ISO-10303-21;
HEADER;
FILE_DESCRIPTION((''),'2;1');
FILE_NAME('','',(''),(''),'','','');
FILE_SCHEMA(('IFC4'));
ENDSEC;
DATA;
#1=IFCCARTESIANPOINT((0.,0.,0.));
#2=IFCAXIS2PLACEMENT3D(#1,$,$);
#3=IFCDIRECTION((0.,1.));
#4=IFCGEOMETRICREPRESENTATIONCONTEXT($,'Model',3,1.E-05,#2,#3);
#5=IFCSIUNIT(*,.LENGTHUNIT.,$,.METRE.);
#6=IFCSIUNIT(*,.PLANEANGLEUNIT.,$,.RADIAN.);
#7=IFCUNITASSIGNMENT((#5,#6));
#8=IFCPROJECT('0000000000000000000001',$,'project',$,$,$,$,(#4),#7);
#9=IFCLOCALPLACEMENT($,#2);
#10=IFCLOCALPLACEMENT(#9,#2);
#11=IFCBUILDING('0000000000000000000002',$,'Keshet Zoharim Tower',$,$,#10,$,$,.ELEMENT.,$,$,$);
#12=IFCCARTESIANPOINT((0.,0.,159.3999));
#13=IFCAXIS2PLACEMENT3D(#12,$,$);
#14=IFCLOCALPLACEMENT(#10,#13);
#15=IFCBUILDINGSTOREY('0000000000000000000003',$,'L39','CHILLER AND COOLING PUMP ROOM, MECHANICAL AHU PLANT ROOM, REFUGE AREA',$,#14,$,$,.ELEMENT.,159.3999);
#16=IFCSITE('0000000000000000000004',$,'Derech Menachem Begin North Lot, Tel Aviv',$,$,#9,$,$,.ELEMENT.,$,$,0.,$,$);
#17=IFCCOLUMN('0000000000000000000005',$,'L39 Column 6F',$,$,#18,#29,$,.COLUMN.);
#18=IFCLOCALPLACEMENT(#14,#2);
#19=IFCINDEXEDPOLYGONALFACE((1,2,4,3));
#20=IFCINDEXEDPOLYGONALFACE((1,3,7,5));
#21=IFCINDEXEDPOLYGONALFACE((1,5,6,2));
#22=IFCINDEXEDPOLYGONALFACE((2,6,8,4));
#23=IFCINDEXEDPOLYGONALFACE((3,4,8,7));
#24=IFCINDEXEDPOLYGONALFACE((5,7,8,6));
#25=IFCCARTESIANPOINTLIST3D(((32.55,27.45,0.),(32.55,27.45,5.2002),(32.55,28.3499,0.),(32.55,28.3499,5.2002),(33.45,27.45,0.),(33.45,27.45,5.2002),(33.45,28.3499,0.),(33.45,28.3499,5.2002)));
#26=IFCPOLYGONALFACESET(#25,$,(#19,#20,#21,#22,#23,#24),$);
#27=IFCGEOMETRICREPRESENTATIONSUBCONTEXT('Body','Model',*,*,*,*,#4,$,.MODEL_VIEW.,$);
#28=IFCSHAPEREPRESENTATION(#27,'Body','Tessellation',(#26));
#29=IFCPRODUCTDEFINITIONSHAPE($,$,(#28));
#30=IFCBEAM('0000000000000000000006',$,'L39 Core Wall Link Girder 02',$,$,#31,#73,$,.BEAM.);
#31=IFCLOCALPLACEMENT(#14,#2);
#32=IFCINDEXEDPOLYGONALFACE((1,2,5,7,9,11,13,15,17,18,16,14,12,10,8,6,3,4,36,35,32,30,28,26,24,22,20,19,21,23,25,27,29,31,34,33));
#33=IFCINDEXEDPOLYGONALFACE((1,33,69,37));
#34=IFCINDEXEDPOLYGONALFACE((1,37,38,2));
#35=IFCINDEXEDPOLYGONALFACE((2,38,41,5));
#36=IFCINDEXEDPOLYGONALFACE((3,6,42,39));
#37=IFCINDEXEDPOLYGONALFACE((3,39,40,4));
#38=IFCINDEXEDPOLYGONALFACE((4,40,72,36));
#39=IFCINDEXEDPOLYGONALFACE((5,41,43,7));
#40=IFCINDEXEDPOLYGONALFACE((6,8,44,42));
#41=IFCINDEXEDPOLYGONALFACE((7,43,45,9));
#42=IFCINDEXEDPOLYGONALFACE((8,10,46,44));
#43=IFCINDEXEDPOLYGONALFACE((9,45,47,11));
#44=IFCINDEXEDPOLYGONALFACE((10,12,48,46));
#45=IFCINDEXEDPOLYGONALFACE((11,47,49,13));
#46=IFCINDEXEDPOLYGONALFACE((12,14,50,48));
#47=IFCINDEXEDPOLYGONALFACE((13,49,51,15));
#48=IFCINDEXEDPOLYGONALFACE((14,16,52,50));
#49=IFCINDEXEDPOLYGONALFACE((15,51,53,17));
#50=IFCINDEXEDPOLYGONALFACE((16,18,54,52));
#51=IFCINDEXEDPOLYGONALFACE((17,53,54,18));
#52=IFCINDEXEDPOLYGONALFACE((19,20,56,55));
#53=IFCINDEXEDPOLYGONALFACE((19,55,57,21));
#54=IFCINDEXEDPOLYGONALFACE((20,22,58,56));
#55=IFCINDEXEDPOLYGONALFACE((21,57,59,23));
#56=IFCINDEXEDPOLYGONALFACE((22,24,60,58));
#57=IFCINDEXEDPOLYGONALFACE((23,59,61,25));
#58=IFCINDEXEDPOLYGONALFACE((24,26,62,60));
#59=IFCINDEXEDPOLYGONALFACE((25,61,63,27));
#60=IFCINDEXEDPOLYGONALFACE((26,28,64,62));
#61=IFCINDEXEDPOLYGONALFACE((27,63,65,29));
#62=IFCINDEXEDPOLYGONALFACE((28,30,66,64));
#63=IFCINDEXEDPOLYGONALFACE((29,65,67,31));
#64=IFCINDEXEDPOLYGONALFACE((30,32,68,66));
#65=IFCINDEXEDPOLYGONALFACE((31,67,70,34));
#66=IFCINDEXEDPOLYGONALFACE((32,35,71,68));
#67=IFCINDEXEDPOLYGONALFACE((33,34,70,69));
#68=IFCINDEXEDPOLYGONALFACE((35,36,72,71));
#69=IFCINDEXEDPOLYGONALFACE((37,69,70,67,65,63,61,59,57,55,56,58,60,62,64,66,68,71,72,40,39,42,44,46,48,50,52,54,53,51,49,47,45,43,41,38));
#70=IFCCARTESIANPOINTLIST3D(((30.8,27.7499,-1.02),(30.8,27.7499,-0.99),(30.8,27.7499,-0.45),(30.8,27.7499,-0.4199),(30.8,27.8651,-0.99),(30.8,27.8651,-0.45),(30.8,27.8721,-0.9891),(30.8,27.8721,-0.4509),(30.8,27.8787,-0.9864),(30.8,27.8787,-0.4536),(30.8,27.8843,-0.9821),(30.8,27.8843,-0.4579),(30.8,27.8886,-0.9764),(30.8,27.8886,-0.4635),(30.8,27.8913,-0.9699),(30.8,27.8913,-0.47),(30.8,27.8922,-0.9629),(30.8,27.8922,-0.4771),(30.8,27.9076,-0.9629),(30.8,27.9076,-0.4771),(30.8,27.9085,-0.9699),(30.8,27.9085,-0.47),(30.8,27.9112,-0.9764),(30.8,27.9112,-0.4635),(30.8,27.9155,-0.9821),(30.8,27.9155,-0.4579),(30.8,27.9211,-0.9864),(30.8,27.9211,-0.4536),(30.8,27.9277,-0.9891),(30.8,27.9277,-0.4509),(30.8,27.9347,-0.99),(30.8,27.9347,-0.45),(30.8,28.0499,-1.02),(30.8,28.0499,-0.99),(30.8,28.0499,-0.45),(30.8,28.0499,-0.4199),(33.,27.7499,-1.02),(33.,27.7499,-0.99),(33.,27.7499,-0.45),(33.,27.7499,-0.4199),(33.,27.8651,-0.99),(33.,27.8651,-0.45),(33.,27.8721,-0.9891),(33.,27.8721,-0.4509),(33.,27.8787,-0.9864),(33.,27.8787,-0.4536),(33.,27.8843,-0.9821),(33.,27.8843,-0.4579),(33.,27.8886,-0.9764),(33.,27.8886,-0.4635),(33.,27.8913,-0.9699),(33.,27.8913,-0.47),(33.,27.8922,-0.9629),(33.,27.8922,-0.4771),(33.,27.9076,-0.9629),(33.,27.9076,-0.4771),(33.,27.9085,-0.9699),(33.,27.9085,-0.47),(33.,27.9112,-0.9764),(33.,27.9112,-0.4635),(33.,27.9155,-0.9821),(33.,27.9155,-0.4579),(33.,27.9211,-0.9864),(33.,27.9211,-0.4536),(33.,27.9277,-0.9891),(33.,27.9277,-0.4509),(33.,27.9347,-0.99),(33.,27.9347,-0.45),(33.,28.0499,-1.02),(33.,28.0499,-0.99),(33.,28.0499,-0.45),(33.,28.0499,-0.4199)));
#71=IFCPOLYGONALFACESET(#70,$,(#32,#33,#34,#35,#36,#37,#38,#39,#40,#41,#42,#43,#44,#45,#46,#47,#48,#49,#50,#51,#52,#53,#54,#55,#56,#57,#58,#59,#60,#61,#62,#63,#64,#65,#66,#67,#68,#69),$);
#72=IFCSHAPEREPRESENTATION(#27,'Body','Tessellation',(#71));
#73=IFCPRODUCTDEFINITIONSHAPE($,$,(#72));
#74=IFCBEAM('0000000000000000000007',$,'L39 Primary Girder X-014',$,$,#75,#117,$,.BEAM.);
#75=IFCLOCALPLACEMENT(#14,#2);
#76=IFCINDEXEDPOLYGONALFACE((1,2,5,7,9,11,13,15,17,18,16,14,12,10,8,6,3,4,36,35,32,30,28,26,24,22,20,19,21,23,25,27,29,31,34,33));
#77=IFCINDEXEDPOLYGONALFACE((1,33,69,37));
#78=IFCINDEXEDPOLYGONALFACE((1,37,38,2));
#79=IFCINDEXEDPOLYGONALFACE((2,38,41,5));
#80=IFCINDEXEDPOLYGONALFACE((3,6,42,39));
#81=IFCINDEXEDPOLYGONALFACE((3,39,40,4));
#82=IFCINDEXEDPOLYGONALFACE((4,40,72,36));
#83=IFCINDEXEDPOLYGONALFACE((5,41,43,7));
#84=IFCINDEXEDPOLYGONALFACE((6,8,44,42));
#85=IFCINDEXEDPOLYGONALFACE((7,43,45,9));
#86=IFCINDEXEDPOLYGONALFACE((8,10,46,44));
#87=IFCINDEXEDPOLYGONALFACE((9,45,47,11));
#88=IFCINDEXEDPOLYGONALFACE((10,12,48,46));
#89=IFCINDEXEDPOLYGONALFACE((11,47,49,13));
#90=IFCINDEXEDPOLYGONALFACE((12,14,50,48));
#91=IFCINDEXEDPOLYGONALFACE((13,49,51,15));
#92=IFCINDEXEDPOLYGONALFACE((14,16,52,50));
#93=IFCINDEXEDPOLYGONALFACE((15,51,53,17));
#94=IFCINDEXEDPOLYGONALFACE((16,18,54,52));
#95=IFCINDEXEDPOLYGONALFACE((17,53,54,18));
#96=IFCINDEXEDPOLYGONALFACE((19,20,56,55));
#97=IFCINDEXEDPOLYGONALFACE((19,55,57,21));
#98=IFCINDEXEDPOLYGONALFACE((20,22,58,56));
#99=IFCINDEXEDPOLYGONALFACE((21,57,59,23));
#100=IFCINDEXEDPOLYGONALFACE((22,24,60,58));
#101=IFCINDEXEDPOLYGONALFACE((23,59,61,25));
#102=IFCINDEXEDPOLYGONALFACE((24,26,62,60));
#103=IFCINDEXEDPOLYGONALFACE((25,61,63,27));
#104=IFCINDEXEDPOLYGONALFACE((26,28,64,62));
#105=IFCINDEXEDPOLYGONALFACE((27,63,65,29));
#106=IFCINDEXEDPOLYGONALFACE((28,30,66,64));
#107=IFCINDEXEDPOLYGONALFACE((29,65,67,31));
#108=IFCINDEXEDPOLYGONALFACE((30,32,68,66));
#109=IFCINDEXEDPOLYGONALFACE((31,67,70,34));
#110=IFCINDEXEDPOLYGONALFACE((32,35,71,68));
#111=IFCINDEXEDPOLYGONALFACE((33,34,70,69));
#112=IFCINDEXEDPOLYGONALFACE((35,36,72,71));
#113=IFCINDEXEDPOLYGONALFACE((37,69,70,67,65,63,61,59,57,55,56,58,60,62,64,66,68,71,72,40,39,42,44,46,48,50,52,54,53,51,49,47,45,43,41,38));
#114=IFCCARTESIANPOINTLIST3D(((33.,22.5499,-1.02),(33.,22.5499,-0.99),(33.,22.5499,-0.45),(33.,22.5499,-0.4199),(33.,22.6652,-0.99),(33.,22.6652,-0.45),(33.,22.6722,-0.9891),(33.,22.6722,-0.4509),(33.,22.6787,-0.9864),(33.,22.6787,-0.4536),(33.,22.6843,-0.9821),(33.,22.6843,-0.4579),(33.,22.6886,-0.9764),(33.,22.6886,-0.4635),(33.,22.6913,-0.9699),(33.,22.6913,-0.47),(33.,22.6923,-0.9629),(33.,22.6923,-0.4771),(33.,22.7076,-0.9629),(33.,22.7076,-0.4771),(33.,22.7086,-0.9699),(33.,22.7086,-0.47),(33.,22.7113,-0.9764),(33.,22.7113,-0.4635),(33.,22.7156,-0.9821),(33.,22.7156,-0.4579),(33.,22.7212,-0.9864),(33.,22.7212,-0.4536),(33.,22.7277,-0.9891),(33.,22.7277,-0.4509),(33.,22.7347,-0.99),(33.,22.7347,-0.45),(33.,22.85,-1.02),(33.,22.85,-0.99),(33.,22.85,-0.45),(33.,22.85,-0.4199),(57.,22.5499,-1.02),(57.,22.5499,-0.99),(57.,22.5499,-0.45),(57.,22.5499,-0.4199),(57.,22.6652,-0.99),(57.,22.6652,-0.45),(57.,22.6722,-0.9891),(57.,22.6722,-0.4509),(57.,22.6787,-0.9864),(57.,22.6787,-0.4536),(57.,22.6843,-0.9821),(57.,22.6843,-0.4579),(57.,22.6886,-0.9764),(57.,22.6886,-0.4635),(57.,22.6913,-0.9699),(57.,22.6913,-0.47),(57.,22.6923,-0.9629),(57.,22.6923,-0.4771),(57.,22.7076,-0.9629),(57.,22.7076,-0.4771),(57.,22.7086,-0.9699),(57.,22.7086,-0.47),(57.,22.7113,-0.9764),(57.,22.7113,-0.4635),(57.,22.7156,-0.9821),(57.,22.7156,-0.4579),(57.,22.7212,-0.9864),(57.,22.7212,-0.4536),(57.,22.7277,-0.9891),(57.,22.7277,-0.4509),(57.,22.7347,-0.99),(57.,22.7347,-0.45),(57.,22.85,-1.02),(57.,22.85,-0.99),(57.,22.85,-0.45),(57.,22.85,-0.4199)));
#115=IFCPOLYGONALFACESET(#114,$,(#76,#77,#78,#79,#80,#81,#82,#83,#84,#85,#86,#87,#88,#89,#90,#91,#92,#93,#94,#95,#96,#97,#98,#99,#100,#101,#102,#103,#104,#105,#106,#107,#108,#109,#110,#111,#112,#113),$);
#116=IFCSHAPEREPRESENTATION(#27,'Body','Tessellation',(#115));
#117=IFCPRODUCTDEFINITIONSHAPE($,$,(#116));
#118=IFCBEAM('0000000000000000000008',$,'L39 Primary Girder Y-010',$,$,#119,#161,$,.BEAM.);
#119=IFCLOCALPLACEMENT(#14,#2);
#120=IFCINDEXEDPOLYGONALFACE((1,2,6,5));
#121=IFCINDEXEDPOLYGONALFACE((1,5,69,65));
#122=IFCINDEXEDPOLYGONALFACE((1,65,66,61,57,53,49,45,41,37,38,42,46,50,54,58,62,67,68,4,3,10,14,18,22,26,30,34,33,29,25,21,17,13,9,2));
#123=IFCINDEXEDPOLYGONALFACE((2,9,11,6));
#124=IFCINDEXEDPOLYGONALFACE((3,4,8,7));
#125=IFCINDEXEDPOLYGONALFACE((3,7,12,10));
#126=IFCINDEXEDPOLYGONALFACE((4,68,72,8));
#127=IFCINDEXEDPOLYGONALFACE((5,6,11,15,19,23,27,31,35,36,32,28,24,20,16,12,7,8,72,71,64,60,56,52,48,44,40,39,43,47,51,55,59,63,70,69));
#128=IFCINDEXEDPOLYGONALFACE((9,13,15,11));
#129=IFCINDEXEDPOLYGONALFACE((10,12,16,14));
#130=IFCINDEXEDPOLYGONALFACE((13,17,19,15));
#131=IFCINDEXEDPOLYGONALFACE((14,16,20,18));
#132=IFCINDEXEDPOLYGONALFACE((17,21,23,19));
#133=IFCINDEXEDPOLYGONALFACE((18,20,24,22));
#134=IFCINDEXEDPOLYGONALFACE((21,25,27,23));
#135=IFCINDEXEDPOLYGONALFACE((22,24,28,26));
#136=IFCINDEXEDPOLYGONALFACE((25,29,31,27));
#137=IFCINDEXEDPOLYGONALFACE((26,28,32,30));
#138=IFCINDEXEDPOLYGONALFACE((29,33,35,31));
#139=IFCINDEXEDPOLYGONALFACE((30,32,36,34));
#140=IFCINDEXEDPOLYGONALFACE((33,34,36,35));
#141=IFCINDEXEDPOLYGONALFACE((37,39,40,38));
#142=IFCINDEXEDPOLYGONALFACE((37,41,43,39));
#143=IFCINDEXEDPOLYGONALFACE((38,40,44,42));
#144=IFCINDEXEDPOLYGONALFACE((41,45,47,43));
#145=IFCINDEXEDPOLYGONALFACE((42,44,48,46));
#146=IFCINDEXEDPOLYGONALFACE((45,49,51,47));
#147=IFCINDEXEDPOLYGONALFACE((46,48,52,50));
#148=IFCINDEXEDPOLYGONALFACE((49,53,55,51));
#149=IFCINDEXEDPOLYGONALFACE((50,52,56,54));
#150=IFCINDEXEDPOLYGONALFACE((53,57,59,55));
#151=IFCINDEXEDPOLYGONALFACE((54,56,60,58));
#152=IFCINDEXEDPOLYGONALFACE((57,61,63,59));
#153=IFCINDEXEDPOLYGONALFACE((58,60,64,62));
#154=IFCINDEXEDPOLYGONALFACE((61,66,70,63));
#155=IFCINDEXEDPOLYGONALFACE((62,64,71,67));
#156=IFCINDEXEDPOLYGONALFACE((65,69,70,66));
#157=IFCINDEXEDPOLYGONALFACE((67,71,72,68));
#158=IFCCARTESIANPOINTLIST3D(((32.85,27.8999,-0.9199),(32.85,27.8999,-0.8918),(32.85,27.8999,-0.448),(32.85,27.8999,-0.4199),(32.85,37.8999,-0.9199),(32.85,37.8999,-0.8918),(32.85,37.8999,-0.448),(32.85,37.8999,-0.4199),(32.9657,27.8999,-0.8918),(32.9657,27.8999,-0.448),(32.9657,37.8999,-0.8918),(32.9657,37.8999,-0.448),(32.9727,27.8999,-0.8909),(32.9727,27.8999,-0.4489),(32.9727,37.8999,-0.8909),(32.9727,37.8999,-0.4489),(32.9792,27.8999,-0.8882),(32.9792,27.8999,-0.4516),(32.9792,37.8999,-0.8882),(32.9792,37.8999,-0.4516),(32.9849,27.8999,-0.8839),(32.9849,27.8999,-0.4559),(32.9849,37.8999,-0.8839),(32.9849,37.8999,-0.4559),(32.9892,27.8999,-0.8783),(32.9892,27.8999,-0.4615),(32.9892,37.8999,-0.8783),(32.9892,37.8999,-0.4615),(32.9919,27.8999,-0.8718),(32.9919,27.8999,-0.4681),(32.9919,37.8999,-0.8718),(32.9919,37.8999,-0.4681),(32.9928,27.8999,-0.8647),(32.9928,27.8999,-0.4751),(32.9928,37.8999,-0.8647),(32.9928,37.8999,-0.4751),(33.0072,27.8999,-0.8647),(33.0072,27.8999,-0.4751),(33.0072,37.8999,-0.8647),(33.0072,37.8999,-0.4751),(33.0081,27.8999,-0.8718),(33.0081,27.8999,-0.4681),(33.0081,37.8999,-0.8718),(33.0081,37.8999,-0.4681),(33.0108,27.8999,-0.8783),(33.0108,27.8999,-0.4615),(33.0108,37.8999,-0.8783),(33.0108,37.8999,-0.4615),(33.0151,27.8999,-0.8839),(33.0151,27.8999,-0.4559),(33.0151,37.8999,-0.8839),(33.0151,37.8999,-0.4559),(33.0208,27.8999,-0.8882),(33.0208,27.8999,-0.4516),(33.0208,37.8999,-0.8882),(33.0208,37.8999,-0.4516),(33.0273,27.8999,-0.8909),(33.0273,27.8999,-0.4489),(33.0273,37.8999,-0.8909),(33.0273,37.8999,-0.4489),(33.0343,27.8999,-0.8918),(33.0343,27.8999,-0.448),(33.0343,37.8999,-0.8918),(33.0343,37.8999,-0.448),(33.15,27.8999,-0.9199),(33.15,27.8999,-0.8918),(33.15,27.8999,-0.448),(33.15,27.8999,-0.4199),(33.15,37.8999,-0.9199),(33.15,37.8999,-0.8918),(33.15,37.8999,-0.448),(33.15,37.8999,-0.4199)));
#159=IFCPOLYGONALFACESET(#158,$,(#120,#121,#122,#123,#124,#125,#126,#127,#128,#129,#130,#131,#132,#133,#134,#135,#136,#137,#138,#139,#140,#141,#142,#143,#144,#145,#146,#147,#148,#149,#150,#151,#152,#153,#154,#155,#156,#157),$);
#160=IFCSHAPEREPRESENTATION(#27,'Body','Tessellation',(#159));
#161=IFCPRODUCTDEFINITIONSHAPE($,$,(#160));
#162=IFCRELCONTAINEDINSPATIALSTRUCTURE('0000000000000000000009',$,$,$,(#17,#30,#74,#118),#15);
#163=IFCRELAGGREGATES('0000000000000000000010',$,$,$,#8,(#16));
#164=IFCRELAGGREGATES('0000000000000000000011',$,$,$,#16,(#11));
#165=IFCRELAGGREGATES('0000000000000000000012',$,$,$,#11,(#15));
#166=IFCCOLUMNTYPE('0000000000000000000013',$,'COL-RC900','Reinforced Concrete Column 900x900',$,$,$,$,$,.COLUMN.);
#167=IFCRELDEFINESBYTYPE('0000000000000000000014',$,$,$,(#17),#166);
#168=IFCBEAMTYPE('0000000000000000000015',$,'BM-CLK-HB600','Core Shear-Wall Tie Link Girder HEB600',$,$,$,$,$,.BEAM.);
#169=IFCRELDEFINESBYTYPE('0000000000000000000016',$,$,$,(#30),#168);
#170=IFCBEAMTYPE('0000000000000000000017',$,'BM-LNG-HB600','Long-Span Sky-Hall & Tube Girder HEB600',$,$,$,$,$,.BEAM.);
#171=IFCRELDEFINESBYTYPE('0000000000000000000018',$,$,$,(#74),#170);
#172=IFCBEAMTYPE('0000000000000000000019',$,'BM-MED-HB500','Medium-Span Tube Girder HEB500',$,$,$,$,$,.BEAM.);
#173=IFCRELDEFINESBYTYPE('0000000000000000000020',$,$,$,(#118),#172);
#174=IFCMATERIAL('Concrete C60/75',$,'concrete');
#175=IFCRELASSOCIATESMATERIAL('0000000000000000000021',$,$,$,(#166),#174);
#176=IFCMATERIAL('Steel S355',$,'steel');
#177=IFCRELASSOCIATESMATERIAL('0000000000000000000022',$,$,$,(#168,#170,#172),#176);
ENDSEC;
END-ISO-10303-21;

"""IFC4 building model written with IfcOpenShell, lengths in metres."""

from ifc_helpers import new_model, si_unit, direction, frame, origin, origin_2d, place, context, subcontext, project, spatial, rectangle, i_section, extrude, material, material_profile, profile_set, type_object, element, save


model = new_model("IFC4")

# Units and contexts
model_context = context("Model", 3, precision=1e-05, world=origin(), true_north=direction((0.0, 1.0)))
body_context = subcontext(model_context, "Body", "Model", "MODEL_VIEW")
ifc_project = project(units=[si_unit("LENGTHUNIT", "METRE"), si_unit("PLANEANGLEUNIT", "RADIAN")], contexts=[model_context])

# Site, building, storey
site_placement = place(None, origin())
site = spatial("IfcSite", under=ifc_project, at=site_placement, Name="Derech Menachem Begin North Lot, Tel Aviv", CompositionType="ELEMENT", RefElevation=0.0)
building_placement = place(site_placement, origin())
building = spatial("IfcBuilding", under=site, at=building_placement, Name="Keshet Zoharim Tower", CompositionType="ELEMENT")
storey_placement = place(building_placement, frame((0.0, 0.0, 159.3999)))
storey = spatial("IfcBuildingStorey", under=building, at=storey_placement, Name="L39", Description="CHILLER AND COOLING PUMP ROOM, MECHANICAL AHU PLANT ROOM, REFUGE AREA", CompositionType="ELEMENT", Elevation=159.3999)

# Column
ifc_material_1 = material(Name="Concrete C60/75", Category="concrete")
ifc_material_profile_1 = material_profile(ifc_material_1, rectangle(XDim=0.8999, YDim=0.8999, at=origin_2d()), Name="RC900x900")
ifc_profile_set_1 = profile_set([ifc_material_profile_1], Name="Concrete C60/75")
column_type = type_object("IfcColumnType", Name="COL-RC900", Description="Reinforced Concrete Column 900x900", PredefinedType="COLUMN", material=ifc_profile_set_1)
column_placement = place(storey_placement, frame((33.0, 27.8999, 0.0), z_axis=(0.0, 0.0, 1.0), x_axis=(1.0, 0.0, 0.0)))
element("IfcColumn", 1, at=column_placement, inside=storey, type_object=column_type, Name="L39 Column 6F", PredefinedType="COLUMN", context=body_context, shape_type="SweptSolid", body=[
    extrude(rectangle(XDim=0.8999, YDim=0.8999, at=origin_2d()), origin(), (0.0, 0.0, 1.0), 5.2002),
])

# Beams
ifc_material_2 = material(Name="Steel S355", Category="steel")
ifc_material_profile_2 = material_profile(ifc_material_2, i_section(OverallWidth=0.3, OverallDepth=0.6001, WebThickness=0.0154, FlangeThickness=0.03, FilletRadius=0.0271, at=origin_2d()), Name="HEB600")
ifc_profile_set_2 = profile_set([ifc_material_profile_2], Name="Steel S355")
beam_type_1 = type_object("IfcBeamType", Name="BM-CLK-HB600", Description="Core Shear-Wall Tie Link Girder HEB600", PredefinedType="BEAM", material=ifc_profile_set_2)
beam_1_placement = place(storey_placement, frame((30.8, 27.8999, -0.72), z_axis=(1.0, 0.0, 0.0), x_axis=(0.0, 1.0, 0.0)))
element("IfcBeam", 2, at=beam_1_placement, inside=storey, type_object=beam_type_1, Name="L39 Core Wall Link Girder 02", PredefinedType="BEAM", context=body_context, shape_type="SweptSolid", body=[
    extrude(i_section(OverallWidth=0.3, OverallDepth=0.6001, WebThickness=0.0154, FlangeThickness=0.03, FilletRadius=0.0271, at=origin_2d()), origin(), (0.0, 0.0, 1.0), 2.2),
])
ifc_material_profile_3 = material_profile(ifc_material_2, i_section(OverallWidth=0.3, OverallDepth=0.6001, WebThickness=0.0154, FlangeThickness=0.03, FilletRadius=0.0271, at=origin_2d()), Name="HEB600")
ifc_profile_set_3 = profile_set([ifc_material_profile_3], Name="Steel S355")
beam_type_2 = type_object("IfcBeamType", Name="BM-LNG-HB600", Description="Long-Span Sky-Hall & Tube Girder HEB600", PredefinedType="BEAM", material=ifc_profile_set_3)
beam_2_placement = place(storey_placement, frame((33.0, 22.7, -0.72), z_axis=(1.0, 0.0, 0.0), x_axis=(0.0, 1.0, 0.0)))
element("IfcBeam", 3, at=beam_2_placement, inside=storey, type_object=beam_type_2, Name="L39 Primary Girder X-014", PredefinedType="BEAM", context=body_context, shape_type="SweptSolid", body=[
    extrude(i_section(OverallWidth=0.3, OverallDepth=0.6001, WebThickness=0.0154, FlangeThickness=0.03, FilletRadius=0.0271, at=origin_2d()), origin(), (0.0, 0.0, 1.0), 24.0),
])
ifc_material_profile_4 = material_profile(ifc_material_2, i_section(OverallWidth=0.3, OverallDepth=0.5, WebThickness=0.0144, FlangeThickness=0.0281, FilletRadius=0.0271, at=origin_2d()), Name="HEB500")
ifc_profile_set_4 = profile_set([ifc_material_profile_4], Name="Steel S355")
beam_type_3 = type_object("IfcBeamType", Name="BM-MED-HB500", Description="Medium-Span Tube Girder HEB500", PredefinedType="BEAM", material=ifc_profile_set_4)
beam_3_placement = place(storey_placement, frame((33.0, 27.8999, -0.6699), z_axis=(0.0, 1.0, 0.0), x_axis=(-1.0, 0.0, 0.0)))
element("IfcBeam", 4, at=beam_3_placement, inside=storey, type_object=beam_type_3, Name="L39 Primary Girder Y-010", PredefinedType="BEAM", context=body_context, shape_type="SweptSolid", body=[
    extrude(i_section(OverallWidth=0.3, OverallDepth=0.5, WebThickness=0.0144, FlangeThickness=0.0281, FilletRadius=0.0271, at=origin_2d()), origin(), (0.0, 0.0, 1.0), 10.0),
])

save(model, "model.ifc")
